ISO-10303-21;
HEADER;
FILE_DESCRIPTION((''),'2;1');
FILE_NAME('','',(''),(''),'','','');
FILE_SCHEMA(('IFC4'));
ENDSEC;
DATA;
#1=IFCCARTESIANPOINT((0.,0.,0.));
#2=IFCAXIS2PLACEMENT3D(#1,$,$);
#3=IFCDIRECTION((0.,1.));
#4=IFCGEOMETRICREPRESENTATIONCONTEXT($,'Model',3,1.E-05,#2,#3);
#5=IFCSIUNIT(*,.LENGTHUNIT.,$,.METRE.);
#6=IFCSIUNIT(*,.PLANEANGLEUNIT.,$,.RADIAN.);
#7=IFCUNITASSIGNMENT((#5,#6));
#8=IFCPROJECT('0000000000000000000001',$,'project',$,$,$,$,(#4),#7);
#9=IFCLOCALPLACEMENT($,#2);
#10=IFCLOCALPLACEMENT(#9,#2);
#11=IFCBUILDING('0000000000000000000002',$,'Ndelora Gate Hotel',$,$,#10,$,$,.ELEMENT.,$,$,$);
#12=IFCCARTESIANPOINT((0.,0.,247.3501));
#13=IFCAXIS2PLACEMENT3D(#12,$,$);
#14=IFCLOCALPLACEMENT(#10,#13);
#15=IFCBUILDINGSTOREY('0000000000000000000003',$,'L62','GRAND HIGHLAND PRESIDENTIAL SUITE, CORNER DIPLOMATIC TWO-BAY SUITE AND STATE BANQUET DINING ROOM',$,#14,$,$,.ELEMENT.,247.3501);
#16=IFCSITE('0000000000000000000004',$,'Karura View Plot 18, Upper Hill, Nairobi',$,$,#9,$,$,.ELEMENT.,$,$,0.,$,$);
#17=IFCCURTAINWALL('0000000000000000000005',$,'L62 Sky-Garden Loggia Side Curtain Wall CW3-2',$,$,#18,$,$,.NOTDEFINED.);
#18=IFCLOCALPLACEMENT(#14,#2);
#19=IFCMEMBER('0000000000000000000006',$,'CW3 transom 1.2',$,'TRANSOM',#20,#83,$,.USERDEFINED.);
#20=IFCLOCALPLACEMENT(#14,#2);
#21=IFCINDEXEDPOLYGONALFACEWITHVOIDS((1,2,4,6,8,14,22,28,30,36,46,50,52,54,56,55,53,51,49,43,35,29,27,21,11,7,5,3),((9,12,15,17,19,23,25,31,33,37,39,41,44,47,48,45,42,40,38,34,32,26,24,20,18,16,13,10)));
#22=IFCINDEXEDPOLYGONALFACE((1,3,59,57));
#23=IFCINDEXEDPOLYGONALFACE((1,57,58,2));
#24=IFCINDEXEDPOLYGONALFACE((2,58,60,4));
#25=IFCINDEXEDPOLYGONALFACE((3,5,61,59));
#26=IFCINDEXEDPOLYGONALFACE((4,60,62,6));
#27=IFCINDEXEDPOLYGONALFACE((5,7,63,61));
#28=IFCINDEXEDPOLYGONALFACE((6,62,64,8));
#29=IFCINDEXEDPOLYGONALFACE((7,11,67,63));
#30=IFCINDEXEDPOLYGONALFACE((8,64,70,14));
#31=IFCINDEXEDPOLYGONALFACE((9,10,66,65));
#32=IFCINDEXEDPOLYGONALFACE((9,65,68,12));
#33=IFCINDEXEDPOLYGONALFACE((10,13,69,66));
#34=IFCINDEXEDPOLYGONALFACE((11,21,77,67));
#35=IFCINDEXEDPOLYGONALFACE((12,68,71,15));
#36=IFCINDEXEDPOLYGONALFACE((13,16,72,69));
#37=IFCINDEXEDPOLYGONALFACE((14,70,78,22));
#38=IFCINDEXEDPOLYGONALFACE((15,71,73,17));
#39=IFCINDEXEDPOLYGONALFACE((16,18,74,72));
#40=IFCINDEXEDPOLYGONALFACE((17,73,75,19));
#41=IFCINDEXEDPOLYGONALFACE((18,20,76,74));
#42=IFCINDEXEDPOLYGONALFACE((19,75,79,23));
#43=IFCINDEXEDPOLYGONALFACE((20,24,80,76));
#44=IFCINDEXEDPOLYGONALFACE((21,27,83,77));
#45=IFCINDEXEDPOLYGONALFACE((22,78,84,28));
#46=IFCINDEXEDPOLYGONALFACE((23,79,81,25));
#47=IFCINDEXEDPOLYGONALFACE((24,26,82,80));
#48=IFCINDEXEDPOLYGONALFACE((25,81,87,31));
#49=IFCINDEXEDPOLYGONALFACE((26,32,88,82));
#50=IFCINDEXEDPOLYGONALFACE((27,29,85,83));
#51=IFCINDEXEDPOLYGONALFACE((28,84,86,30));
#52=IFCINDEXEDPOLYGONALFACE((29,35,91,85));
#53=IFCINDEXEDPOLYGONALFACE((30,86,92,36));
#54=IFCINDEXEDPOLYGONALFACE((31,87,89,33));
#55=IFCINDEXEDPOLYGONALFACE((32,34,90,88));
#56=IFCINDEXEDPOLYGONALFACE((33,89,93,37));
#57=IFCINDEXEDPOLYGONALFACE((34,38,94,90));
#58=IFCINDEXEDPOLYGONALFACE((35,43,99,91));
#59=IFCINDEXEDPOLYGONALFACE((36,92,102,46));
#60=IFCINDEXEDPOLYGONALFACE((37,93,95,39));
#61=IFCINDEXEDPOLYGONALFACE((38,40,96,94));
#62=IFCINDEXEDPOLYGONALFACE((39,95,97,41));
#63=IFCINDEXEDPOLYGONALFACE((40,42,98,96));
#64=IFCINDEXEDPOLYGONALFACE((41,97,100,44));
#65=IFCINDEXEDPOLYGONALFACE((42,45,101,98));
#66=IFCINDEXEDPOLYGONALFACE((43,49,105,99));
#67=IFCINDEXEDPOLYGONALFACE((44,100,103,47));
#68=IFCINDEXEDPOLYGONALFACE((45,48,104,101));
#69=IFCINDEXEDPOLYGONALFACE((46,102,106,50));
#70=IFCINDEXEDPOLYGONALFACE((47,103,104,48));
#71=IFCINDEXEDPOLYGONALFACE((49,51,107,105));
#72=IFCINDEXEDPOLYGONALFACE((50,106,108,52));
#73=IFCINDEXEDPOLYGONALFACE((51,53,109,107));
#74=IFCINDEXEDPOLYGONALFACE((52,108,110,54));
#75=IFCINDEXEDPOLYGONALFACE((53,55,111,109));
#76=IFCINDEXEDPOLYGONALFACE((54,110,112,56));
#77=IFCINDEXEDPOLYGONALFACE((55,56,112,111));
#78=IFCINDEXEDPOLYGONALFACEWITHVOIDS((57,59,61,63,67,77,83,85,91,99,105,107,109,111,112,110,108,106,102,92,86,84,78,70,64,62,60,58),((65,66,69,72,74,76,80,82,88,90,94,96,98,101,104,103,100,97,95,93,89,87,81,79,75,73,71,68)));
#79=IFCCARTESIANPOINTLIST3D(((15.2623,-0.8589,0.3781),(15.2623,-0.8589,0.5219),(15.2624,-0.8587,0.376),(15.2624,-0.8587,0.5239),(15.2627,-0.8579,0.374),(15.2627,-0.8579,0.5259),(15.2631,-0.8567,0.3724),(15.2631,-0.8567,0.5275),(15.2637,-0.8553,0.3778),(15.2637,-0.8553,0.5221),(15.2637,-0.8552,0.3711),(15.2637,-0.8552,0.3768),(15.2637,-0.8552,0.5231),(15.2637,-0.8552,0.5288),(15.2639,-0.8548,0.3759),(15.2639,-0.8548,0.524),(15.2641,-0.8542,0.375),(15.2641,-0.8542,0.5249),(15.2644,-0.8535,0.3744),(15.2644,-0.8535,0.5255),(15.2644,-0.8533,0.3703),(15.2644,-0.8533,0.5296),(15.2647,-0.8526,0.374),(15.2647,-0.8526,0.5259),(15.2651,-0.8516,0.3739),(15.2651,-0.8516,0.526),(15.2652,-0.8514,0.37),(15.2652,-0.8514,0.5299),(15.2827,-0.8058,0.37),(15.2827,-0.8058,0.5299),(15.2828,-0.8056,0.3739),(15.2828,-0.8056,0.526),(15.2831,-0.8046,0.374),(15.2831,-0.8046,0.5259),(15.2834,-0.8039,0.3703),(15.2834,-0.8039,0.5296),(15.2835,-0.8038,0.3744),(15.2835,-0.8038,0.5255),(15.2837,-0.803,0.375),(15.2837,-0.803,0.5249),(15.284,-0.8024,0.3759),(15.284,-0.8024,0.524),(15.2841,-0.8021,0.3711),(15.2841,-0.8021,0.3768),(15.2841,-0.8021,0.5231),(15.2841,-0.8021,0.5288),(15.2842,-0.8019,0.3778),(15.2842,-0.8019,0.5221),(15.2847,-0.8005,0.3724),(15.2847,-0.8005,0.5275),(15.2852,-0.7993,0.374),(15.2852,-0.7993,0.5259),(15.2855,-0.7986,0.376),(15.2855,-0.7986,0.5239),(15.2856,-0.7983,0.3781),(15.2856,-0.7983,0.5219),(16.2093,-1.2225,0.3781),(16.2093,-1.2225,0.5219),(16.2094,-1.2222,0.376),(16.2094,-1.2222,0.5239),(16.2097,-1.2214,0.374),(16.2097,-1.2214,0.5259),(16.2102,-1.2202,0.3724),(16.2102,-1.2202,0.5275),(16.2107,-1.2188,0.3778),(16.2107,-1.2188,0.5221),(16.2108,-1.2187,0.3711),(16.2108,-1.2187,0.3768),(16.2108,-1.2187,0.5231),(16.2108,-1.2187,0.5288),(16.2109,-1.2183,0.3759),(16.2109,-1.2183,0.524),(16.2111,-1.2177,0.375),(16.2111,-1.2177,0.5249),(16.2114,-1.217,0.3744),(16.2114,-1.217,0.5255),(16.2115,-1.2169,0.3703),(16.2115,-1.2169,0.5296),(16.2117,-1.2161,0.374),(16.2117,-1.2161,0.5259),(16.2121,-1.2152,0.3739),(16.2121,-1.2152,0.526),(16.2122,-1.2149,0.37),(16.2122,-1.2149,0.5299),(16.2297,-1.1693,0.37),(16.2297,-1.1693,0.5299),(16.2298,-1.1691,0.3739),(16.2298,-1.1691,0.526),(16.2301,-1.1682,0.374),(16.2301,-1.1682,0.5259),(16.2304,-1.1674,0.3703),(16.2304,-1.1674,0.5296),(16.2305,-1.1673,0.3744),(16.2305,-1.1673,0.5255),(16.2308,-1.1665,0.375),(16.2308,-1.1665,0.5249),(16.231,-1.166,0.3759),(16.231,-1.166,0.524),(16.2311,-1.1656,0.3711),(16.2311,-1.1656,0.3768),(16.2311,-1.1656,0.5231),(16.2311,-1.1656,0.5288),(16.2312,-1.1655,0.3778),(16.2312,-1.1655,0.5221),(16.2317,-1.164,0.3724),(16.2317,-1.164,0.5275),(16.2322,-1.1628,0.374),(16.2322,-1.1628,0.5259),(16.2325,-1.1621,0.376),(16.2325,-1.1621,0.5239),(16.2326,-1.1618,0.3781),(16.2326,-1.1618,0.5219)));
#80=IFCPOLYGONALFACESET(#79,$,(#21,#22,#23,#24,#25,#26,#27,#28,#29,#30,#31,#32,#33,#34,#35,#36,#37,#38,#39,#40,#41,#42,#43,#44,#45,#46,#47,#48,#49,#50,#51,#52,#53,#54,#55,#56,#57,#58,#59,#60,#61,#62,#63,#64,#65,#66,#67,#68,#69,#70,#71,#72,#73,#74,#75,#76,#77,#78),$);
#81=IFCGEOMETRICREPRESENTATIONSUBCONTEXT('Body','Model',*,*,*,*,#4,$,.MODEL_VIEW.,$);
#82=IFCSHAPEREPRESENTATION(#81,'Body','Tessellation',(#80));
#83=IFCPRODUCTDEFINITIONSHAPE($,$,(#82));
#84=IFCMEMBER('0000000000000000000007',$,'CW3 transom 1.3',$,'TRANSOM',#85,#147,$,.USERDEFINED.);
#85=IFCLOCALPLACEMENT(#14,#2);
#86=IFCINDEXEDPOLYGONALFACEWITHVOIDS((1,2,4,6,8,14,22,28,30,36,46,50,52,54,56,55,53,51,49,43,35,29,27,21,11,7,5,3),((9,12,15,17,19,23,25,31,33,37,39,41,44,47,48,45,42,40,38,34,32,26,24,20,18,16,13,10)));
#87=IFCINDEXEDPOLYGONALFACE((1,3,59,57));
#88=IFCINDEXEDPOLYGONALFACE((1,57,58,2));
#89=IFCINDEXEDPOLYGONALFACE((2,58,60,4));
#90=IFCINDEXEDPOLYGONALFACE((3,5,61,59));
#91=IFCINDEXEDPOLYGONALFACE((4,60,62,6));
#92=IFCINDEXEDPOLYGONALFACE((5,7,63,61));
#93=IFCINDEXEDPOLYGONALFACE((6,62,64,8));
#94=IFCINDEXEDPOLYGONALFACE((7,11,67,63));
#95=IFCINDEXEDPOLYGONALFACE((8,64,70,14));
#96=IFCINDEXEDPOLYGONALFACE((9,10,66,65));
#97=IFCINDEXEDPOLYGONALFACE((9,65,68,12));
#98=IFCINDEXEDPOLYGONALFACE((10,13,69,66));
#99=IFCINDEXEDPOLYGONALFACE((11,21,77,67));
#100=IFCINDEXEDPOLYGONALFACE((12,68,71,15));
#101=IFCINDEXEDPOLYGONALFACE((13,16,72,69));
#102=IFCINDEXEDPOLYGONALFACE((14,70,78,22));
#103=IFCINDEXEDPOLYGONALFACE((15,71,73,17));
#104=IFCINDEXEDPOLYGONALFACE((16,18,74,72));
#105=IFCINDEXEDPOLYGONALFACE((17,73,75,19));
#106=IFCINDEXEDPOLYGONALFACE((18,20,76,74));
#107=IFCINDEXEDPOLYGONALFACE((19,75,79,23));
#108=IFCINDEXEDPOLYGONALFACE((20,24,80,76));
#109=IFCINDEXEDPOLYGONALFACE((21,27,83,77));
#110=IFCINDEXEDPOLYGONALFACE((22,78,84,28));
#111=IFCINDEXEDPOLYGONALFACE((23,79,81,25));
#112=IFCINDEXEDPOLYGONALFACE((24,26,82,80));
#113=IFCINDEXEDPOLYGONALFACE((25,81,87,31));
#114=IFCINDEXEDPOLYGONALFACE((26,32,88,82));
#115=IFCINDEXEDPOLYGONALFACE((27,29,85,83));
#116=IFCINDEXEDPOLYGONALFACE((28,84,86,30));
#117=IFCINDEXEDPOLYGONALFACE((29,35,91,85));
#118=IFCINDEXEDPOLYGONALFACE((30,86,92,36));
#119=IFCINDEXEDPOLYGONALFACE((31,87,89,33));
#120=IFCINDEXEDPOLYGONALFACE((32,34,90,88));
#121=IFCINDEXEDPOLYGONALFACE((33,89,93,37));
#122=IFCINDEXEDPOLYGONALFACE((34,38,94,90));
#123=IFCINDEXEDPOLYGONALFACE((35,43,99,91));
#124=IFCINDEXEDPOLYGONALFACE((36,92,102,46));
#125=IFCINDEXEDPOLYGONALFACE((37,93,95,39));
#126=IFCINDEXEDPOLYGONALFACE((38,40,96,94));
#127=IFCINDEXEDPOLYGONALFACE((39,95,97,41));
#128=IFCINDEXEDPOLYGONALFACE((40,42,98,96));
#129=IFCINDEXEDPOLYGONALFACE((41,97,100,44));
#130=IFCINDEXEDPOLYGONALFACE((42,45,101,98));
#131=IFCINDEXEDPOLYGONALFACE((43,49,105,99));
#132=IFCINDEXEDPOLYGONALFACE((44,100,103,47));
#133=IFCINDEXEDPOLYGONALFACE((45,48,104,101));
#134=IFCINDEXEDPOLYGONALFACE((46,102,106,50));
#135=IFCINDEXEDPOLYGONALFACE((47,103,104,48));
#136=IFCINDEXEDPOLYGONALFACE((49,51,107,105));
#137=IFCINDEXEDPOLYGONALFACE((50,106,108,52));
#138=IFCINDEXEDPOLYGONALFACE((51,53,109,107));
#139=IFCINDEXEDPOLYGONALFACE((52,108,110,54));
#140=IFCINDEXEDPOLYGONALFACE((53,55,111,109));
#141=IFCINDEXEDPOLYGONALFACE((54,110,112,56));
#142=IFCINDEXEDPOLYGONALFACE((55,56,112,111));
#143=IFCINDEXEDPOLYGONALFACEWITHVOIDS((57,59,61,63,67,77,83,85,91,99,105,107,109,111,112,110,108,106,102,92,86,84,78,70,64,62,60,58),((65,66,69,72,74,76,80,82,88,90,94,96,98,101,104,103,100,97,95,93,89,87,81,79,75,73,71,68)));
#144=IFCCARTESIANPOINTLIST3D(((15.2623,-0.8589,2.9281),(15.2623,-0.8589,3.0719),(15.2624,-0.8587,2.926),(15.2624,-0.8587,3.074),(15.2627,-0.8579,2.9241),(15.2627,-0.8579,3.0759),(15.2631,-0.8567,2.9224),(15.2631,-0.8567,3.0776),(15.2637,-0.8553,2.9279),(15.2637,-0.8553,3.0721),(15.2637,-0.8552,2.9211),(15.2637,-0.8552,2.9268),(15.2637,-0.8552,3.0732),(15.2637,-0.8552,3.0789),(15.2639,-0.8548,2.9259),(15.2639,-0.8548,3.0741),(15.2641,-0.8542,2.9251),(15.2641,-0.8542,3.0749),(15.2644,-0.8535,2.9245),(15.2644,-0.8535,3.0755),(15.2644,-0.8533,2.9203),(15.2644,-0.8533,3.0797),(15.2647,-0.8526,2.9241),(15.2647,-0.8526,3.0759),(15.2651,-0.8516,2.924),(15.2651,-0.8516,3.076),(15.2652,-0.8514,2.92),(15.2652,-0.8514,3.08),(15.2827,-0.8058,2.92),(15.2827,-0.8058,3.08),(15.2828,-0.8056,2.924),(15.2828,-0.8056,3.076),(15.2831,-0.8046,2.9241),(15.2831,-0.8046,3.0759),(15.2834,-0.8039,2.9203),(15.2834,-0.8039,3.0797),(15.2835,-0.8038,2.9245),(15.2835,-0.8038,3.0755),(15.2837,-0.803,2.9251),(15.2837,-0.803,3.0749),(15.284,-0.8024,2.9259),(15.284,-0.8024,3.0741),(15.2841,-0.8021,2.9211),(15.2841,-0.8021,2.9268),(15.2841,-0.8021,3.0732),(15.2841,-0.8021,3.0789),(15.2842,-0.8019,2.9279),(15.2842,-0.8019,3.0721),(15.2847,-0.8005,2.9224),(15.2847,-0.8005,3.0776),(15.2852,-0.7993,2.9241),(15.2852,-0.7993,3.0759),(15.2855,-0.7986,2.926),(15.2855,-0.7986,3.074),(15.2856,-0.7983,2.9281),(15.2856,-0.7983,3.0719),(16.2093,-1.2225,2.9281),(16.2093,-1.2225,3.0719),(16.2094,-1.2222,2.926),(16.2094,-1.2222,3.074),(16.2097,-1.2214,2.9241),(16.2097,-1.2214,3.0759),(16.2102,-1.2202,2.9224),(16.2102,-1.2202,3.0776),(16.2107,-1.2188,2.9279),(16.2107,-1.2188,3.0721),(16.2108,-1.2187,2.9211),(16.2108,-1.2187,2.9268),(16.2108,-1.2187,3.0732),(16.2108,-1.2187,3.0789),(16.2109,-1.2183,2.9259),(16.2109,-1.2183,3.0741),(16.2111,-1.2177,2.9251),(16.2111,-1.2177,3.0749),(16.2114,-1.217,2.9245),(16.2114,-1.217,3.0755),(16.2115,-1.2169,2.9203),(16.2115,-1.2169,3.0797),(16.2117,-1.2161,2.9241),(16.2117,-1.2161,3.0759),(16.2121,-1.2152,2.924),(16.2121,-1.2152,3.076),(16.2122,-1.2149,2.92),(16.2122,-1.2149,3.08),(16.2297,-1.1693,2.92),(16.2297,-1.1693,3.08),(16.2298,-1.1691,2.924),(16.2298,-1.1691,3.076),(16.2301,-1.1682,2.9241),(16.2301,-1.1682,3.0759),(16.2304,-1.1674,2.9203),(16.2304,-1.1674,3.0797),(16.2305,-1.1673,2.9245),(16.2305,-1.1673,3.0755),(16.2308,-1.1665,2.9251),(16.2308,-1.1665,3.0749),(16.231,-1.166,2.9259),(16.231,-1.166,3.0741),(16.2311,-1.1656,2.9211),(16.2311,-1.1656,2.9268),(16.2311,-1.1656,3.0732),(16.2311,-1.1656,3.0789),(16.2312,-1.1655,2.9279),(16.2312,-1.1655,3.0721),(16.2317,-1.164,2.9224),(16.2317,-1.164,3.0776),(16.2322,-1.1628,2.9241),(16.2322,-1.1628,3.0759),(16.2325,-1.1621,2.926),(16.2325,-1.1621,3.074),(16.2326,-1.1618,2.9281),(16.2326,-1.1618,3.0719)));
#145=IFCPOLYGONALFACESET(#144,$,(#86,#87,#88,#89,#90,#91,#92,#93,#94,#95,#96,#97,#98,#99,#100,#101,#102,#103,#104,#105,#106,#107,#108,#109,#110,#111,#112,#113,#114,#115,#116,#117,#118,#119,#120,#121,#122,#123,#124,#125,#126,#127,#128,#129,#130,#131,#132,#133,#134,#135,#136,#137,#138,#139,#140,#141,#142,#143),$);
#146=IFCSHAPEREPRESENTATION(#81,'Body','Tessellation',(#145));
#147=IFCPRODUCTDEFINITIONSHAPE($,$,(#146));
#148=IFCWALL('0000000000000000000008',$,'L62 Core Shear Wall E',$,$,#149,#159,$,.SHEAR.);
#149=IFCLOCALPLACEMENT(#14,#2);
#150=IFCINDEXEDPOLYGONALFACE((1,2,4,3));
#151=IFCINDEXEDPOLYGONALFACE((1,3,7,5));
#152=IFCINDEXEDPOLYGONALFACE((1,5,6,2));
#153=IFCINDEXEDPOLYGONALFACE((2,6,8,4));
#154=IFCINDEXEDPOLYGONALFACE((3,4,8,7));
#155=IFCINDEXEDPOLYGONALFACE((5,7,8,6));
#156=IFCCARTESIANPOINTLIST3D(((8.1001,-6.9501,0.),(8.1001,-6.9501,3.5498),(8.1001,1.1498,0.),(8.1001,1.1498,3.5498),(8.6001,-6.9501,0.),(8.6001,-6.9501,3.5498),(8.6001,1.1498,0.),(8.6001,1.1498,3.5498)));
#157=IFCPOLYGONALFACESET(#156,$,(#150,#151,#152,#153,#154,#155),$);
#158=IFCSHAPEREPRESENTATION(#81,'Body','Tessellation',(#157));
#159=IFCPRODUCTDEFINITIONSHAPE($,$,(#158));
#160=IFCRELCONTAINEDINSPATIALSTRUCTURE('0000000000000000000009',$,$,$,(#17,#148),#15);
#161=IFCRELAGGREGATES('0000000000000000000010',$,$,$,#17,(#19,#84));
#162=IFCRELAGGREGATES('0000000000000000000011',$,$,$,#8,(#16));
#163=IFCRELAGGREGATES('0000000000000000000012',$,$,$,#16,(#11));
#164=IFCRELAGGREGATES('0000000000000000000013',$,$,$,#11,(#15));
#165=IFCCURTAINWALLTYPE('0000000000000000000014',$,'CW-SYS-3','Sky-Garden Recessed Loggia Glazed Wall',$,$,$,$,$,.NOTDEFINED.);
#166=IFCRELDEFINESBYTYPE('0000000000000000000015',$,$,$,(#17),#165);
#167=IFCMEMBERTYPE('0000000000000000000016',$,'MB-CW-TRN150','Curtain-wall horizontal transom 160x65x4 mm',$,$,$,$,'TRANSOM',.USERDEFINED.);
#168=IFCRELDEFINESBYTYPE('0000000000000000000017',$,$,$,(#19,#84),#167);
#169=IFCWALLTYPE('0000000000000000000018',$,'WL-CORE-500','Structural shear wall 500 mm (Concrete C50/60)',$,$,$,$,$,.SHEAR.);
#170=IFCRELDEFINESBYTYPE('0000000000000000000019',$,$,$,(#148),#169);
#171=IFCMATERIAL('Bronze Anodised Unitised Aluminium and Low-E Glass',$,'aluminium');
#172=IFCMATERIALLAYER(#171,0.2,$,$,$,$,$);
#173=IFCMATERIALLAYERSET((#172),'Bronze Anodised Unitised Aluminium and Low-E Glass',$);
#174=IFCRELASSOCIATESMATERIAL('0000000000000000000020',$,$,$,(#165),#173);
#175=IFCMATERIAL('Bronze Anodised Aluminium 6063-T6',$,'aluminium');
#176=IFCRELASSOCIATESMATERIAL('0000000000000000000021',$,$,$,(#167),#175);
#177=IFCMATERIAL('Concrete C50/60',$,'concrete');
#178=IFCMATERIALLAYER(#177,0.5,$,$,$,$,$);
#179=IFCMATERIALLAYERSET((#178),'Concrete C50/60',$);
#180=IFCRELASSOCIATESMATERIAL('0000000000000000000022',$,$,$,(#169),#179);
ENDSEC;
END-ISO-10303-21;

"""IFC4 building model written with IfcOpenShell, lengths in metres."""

from ifc_helpers import new_model, si_unit, direction, frame, frame_2d, origin, origin_2d, place, context, subcontext, project, spatial, rectangle, hollow_rectangle, extrude, material, layer, layer_set, material_profile, profile_set, type_object, element, aggregate, save


model = new_model("IFC4")

# Units and contexts
model_context = context("Model", 3, precision=1e-05, world=origin(), true_north=direction((0.0, 1.0)))
body_context = subcontext(model_context, "Body", "Model", "MODEL_VIEW")
ifc_project = project(units=[si_unit("LENGTHUNIT", "METRE"), si_unit("PLANEANGLEUNIT", "RADIAN")], contexts=[model_context])

# Site, building, storey
site_placement = place(None, origin())
site = spatial("IfcSite", under=ifc_project, at=site_placement, Name="Karura View Plot 18, Upper Hill, Nairobi", CompositionType="ELEMENT", RefElevation=0.0)
building_placement = place(site_placement, origin())
building = spatial("IfcBuilding", under=site, at=building_placement, Name="Ndelora Gate Hotel", CompositionType="ELEMENT")
storey_placement = place(building_placement, frame((0.0, 0.0, 247.3501)))
storey = spatial("IfcBuildingStorey", under=building, at=storey_placement, Name="L62", Description="GRAND HIGHLAND PRESIDENTIAL SUITE, CORNER DIPLOMATIC TWO-BAY SUITE AND STATE BANQUET DINING ROOM", CompositionType="ELEMENT", Elevation=247.3501)

# Shared definitions
ifc_material_1 = material(Name="Concrete C50/60", Category="concrete")

# Shared definitions
ifc_material_2 = material(Name="Bronze Anodised Unitised Aluminium and Low-E Glass", Category="aluminium")
ifc_layer_1 = layer(ifc_material_2, 0.2)
ifc_layer_set_1 = layer_set([ifc_layer_1], Name="Bronze Anodised Unitised Aluminium and Low-E Glass")
curtain_wall_type = type_object("IfcCurtainWallType", Name="CW-SYS-3", Description="Sky-Garden Recessed Loggia Glazed Wall", PredefinedType="NOTDEFINED", material=ifc_layer_set_1)
ifc_material_3 = material(Name="Bronze Anodised Aluminium 6063-T6", Category="aluminium")

# Curtain wall, members
curtain_wall_1_placement = place(storey_placement, origin())
curtain_wall_1 = element("IfcCurtainWall", 1, at=curtain_wall_1_placement, inside=storey, type_object=curtain_wall_type, Name="L62 Sky-Garden Loggia Side Curtain Wall CW3-2", PredefinedType="NOTDEFINED")
ifc_material_profile_1 = material_profile(ifc_material_3, hollow_rectangle(XDim=0.0649, YDim=0.1599, WallThickness=0.0039, InnerFilletRadius=0.0039, OuterFilletRadius=0.0081, at=origin_2d()), Name="ALU 160x65x4")
ifc_profile_set_1 = profile_set([ifc_material_profile_1], Name="Bronze Anodised Aluminium 6063-T6")
member_type_1 = type_object("IfcMemberType", Name="MB-CW-TRN150", Description="Curtain-wall horizontal transom 160x65x4 mm", ElementType="TRANSOM", PredefinedType="USERDEFINED", material=ifc_profile_set_1)
member_1_placement = place(storey_placement, frame((16.2209, -1.1921, 0.45), z_axis=(-0.933581, 0.358366, 0.0), x_axis=(-0.358366, -0.933581, 0.0)))
member_1 = element("IfcMember", 2, at=member_1_placement, type_object=member_type_1, Name="CW3 transom 1.2", ObjectType="TRANSOM", PredefinedType="USERDEFINED", context=body_context, shape_type="SweptSolid", body=[
    extrude(hollow_rectangle(XDim=0.0649, YDim=0.1599, WallThickness=0.0039, InnerFilletRadius=0.0039, OuterFilletRadius=0.0081, at=origin_2d()), origin(), (0.0, 0.0, 1.0), 1.0144),
])
member_2_placement = place(storey_placement, frame((16.2209, -1.1921, 3.0), z_axis=(-0.933581, 0.358366, 0.0), x_axis=(-0.358366, -0.933581, 0.0)))
member_2 = element("IfcMember", 3, at=member_2_placement, type_object=member_type_1, Name="CW3 transom 1.3", ObjectType="TRANSOM", PredefinedType="USERDEFINED", context=body_context, shape_type="SweptSolid", body=[
    extrude(hollow_rectangle(XDim=0.0649, YDim=0.1599, WallThickness=0.0039, InnerFilletRadius=0.0039, OuterFilletRadius=0.0081, at=origin_2d()), origin(), (0.0, 0.0, 1.0), 1.0144),
])
aggregate(curtain_wall_1, [member_1, member_2])

# Wall
ifc_layer_2 = layer(ifc_material_1, 0.5)
ifc_layer_set_2 = layer_set([ifc_layer_2], Name="Concrete C50/60")
wall_type_1 = type_object("IfcWallType", Name="WL-CORE-500", Description="Structural shear wall 500 mm (Concrete C50/60)", PredefinedType="SHEAR", material=ifc_layer_set_2)
wall_1_placement = place(storey_placement, frame((8.3501, -6.95, 0.0), z_axis=(0.0, 0.0, 1.0), x_axis=(0.0, 1.0, 0.0)))
element("IfcWall", 4, at=wall_1_placement, inside=storey, type_object=wall_type_1, Name="L62 Core Shear Wall E", PredefinedType="SHEAR", context=body_context, shape_type="SweptSolid", body=[
    extrude(rectangle(XDim=8.0999, YDim=0.5, at=frame_2d((4.0498, 0.0))), origin(), (0.0, 0.0, 1.0), 3.5498),
])

save(model, "model.ifc")
